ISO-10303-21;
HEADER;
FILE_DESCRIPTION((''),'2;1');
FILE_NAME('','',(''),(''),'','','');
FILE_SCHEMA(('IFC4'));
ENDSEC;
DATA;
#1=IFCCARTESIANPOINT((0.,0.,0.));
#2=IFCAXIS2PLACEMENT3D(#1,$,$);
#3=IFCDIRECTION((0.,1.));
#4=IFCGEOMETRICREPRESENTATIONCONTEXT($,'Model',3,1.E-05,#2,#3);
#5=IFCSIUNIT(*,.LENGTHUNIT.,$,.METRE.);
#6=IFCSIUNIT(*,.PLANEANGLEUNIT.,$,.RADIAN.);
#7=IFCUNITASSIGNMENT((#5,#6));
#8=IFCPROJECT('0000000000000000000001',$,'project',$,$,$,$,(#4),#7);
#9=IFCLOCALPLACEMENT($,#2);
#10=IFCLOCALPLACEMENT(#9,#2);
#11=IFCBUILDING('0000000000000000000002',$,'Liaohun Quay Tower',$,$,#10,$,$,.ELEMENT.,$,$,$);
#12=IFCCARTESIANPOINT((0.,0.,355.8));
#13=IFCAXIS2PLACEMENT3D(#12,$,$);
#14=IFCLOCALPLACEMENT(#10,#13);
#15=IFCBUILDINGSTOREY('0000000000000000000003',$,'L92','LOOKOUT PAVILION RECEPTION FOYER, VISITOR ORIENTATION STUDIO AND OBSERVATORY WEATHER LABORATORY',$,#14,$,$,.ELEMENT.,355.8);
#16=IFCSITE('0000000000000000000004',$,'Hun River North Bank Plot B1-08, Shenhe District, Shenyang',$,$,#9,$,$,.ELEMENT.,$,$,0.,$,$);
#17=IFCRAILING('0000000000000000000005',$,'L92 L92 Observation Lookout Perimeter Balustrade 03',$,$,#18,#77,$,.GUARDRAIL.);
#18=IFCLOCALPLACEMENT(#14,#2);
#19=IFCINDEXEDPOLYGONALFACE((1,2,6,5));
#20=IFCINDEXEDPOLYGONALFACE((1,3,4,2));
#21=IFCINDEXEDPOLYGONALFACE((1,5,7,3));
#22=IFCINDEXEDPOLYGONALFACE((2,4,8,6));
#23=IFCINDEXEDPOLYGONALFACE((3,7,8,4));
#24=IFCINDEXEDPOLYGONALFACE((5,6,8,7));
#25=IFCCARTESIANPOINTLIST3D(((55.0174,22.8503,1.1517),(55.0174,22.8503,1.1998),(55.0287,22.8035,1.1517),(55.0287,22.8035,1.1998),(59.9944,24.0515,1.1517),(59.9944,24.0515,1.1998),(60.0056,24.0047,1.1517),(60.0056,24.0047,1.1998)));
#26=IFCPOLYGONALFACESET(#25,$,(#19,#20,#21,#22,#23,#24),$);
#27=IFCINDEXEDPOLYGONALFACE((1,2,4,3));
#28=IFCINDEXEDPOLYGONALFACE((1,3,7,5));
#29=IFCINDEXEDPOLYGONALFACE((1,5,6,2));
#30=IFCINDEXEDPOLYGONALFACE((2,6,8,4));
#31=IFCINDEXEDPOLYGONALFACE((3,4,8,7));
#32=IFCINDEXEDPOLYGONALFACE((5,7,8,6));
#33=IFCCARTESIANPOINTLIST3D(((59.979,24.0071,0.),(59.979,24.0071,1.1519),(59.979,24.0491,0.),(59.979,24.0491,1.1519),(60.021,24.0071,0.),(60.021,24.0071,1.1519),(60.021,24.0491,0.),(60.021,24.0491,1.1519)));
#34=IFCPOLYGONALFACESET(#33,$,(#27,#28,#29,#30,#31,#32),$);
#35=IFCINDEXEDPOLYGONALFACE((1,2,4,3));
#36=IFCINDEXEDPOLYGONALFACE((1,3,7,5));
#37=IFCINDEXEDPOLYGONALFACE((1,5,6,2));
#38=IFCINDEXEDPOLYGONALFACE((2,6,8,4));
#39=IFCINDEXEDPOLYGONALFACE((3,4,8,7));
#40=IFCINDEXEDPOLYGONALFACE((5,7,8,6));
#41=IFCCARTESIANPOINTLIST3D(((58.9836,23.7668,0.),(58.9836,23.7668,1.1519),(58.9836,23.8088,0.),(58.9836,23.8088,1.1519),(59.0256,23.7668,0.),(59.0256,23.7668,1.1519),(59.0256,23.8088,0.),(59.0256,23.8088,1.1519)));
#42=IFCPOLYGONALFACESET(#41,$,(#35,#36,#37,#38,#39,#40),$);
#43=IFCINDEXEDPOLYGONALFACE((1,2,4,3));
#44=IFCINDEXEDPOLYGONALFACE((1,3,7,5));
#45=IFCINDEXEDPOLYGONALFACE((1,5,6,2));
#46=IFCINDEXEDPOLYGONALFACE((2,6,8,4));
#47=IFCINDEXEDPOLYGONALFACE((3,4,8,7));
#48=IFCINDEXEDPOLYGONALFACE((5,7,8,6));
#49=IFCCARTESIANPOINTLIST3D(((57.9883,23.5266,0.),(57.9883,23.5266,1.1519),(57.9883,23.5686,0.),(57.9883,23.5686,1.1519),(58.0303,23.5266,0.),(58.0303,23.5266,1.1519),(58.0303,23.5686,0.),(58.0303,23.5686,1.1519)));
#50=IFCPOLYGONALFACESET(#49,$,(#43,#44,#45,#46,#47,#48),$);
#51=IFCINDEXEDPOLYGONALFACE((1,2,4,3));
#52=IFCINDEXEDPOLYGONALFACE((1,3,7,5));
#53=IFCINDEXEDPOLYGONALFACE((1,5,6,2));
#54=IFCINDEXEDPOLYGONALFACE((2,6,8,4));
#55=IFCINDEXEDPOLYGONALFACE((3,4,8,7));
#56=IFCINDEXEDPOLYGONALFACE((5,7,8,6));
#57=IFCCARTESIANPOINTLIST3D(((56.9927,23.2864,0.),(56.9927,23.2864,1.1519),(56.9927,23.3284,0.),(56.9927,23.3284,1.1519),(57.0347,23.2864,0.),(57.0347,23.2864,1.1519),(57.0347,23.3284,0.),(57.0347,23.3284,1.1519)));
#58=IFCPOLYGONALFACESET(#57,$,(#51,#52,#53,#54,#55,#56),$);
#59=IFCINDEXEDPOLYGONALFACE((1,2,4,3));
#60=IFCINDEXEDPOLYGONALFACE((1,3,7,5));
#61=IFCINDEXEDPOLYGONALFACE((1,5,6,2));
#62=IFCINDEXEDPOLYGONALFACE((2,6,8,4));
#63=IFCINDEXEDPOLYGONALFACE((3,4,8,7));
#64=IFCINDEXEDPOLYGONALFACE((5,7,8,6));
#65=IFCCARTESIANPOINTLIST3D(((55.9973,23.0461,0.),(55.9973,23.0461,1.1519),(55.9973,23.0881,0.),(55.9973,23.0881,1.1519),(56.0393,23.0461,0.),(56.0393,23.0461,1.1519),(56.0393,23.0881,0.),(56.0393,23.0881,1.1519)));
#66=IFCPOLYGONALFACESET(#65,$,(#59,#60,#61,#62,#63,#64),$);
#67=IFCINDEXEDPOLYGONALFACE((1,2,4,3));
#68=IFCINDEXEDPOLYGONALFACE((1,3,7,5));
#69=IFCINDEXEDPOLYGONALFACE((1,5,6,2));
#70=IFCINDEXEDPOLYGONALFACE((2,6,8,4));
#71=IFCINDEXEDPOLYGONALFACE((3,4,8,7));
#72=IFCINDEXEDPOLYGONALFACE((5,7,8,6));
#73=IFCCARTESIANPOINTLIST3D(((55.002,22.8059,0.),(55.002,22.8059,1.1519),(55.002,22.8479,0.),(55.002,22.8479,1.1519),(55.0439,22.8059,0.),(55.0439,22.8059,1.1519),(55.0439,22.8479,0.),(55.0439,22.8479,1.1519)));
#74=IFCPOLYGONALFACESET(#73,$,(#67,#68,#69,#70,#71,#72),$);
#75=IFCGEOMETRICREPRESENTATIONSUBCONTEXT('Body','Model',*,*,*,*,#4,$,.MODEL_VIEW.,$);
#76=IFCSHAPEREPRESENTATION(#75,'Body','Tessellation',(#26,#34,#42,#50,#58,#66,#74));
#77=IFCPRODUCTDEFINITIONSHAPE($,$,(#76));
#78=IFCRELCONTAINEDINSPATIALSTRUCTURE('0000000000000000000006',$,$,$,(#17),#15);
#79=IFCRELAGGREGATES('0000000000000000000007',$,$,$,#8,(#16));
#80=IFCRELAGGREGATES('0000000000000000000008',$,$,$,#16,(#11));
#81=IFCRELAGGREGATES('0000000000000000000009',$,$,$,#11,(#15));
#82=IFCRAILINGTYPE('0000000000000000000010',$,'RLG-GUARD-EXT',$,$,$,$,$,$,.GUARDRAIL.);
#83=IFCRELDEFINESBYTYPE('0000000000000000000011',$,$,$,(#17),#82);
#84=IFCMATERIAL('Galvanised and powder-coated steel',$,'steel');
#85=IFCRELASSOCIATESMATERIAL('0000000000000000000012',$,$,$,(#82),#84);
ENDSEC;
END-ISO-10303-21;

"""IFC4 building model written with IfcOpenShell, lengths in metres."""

from ifc_helpers import new_model, si_unit, direction, frame, origin, origin_2d, place, context, subcontext, project, spatial, rectangle, extrude, material, type_object, element, save


model = new_model("IFC4")

# Units and contexts
model_context = context("Model", 3, precision=1e-05, world=origin(), true_north=direction((0.0, 1.0)))
body_context = subcontext(model_context, "Body", "Model", "MODEL_VIEW")
ifc_project = project(units=[si_unit("LENGTHUNIT", "METRE"), si_unit("PLANEANGLEUNIT", "RADIAN")], contexts=[model_context])

# Site, building, storey
site_placement = place(None, origin())
site = spatial("IfcSite", under=ifc_project, at=site_placement, Name="Hun River North Bank Plot B1-08, Shenhe District, Shenyang", CompositionType="ELEMENT", RefElevation=0.0)
building_placement = place(site_placement, origin())
building = spatial("IfcBuilding", under=site, at=building_placement, Name="Liaohun Quay Tower", CompositionType="ELEMENT")
storey_placement = place(building_placement, frame((0.0, 0.0, 355.8)))
storey = spatial("IfcBuildingStorey", under=building, at=storey_placement, Name="L92", Description="LOOKOUT PAVILION RECEPTION FOYER, VISITOR ORIENTATION STUDIO AND OBSERVATORY WEATHER LABORATORY", CompositionType="ELEMENT", Elevation=355.8)

# Railing
ifc_material_1 = material(Name="Galvanised and powder-coated steel", Category="steel")
railing_type = type_object("IfcRailingType", Name="RLG-GUARD-EXT", PredefinedType="GUARDRAIL", material=ifc_material_1)
railing_1_placement = place(storey_placement, frame((60.0, 24.0281, 0.0)))
element("IfcRailing", 1, at=railing_1_placement, inside=storey, type_object=railing_type, Name="L92 L92 Observation Lookout Perimeter Balustrade 03", PredefinedType="GUARDRAIL", context=body_context, shape_type="SweptSolid", body=[
    extrude(rectangle(XDim=0.0481, YDim=0.0481, at=origin_2d()), frame((0.0, 0.0, 1.1758), z_axis=(-0.97209, -0.234606, 0.0), x_axis=(0.234606, -0.97209, 0.0)), (0.0, 0.0, 1.0), 5.1199),
    extrude(rectangle(XDim=0.042, YDim=0.042, at=origin_2d()), origin(), (0.0, 0.0, 1.0), 1.1519),
    extrude(rectangle(XDim=0.042, YDim=0.042, at=origin_2d()), frame((-0.9954, -0.2402, 0.0)), (0.0, 0.0, 1.0), 1.1519),
    extrude(rectangle(XDim=0.042, YDim=0.042, at=origin_2d()), frame((-1.9907, -0.4805, 0.0)), (0.0, 0.0, 1.0), 1.1519),
    extrude(rectangle(XDim=0.042, YDim=0.042, at=origin_2d()), frame((-2.9863, -0.7207, 0.0)), (0.0, 0.0, 1.0), 1.1519),
    extrude(rectangle(XDim=0.042, YDim=0.042, at=origin_2d()), frame((-3.9817, -0.9609, 0.0)), (0.0, 0.0, 1.0), 1.1519),
    extrude(rectangle(XDim=0.042, YDim=0.042, at=origin_2d()), frame((-4.9771, -1.2012, 0.0)), (0.0, 0.0, 1.0), 1.1519),
])

save(model, "model.ifc")
